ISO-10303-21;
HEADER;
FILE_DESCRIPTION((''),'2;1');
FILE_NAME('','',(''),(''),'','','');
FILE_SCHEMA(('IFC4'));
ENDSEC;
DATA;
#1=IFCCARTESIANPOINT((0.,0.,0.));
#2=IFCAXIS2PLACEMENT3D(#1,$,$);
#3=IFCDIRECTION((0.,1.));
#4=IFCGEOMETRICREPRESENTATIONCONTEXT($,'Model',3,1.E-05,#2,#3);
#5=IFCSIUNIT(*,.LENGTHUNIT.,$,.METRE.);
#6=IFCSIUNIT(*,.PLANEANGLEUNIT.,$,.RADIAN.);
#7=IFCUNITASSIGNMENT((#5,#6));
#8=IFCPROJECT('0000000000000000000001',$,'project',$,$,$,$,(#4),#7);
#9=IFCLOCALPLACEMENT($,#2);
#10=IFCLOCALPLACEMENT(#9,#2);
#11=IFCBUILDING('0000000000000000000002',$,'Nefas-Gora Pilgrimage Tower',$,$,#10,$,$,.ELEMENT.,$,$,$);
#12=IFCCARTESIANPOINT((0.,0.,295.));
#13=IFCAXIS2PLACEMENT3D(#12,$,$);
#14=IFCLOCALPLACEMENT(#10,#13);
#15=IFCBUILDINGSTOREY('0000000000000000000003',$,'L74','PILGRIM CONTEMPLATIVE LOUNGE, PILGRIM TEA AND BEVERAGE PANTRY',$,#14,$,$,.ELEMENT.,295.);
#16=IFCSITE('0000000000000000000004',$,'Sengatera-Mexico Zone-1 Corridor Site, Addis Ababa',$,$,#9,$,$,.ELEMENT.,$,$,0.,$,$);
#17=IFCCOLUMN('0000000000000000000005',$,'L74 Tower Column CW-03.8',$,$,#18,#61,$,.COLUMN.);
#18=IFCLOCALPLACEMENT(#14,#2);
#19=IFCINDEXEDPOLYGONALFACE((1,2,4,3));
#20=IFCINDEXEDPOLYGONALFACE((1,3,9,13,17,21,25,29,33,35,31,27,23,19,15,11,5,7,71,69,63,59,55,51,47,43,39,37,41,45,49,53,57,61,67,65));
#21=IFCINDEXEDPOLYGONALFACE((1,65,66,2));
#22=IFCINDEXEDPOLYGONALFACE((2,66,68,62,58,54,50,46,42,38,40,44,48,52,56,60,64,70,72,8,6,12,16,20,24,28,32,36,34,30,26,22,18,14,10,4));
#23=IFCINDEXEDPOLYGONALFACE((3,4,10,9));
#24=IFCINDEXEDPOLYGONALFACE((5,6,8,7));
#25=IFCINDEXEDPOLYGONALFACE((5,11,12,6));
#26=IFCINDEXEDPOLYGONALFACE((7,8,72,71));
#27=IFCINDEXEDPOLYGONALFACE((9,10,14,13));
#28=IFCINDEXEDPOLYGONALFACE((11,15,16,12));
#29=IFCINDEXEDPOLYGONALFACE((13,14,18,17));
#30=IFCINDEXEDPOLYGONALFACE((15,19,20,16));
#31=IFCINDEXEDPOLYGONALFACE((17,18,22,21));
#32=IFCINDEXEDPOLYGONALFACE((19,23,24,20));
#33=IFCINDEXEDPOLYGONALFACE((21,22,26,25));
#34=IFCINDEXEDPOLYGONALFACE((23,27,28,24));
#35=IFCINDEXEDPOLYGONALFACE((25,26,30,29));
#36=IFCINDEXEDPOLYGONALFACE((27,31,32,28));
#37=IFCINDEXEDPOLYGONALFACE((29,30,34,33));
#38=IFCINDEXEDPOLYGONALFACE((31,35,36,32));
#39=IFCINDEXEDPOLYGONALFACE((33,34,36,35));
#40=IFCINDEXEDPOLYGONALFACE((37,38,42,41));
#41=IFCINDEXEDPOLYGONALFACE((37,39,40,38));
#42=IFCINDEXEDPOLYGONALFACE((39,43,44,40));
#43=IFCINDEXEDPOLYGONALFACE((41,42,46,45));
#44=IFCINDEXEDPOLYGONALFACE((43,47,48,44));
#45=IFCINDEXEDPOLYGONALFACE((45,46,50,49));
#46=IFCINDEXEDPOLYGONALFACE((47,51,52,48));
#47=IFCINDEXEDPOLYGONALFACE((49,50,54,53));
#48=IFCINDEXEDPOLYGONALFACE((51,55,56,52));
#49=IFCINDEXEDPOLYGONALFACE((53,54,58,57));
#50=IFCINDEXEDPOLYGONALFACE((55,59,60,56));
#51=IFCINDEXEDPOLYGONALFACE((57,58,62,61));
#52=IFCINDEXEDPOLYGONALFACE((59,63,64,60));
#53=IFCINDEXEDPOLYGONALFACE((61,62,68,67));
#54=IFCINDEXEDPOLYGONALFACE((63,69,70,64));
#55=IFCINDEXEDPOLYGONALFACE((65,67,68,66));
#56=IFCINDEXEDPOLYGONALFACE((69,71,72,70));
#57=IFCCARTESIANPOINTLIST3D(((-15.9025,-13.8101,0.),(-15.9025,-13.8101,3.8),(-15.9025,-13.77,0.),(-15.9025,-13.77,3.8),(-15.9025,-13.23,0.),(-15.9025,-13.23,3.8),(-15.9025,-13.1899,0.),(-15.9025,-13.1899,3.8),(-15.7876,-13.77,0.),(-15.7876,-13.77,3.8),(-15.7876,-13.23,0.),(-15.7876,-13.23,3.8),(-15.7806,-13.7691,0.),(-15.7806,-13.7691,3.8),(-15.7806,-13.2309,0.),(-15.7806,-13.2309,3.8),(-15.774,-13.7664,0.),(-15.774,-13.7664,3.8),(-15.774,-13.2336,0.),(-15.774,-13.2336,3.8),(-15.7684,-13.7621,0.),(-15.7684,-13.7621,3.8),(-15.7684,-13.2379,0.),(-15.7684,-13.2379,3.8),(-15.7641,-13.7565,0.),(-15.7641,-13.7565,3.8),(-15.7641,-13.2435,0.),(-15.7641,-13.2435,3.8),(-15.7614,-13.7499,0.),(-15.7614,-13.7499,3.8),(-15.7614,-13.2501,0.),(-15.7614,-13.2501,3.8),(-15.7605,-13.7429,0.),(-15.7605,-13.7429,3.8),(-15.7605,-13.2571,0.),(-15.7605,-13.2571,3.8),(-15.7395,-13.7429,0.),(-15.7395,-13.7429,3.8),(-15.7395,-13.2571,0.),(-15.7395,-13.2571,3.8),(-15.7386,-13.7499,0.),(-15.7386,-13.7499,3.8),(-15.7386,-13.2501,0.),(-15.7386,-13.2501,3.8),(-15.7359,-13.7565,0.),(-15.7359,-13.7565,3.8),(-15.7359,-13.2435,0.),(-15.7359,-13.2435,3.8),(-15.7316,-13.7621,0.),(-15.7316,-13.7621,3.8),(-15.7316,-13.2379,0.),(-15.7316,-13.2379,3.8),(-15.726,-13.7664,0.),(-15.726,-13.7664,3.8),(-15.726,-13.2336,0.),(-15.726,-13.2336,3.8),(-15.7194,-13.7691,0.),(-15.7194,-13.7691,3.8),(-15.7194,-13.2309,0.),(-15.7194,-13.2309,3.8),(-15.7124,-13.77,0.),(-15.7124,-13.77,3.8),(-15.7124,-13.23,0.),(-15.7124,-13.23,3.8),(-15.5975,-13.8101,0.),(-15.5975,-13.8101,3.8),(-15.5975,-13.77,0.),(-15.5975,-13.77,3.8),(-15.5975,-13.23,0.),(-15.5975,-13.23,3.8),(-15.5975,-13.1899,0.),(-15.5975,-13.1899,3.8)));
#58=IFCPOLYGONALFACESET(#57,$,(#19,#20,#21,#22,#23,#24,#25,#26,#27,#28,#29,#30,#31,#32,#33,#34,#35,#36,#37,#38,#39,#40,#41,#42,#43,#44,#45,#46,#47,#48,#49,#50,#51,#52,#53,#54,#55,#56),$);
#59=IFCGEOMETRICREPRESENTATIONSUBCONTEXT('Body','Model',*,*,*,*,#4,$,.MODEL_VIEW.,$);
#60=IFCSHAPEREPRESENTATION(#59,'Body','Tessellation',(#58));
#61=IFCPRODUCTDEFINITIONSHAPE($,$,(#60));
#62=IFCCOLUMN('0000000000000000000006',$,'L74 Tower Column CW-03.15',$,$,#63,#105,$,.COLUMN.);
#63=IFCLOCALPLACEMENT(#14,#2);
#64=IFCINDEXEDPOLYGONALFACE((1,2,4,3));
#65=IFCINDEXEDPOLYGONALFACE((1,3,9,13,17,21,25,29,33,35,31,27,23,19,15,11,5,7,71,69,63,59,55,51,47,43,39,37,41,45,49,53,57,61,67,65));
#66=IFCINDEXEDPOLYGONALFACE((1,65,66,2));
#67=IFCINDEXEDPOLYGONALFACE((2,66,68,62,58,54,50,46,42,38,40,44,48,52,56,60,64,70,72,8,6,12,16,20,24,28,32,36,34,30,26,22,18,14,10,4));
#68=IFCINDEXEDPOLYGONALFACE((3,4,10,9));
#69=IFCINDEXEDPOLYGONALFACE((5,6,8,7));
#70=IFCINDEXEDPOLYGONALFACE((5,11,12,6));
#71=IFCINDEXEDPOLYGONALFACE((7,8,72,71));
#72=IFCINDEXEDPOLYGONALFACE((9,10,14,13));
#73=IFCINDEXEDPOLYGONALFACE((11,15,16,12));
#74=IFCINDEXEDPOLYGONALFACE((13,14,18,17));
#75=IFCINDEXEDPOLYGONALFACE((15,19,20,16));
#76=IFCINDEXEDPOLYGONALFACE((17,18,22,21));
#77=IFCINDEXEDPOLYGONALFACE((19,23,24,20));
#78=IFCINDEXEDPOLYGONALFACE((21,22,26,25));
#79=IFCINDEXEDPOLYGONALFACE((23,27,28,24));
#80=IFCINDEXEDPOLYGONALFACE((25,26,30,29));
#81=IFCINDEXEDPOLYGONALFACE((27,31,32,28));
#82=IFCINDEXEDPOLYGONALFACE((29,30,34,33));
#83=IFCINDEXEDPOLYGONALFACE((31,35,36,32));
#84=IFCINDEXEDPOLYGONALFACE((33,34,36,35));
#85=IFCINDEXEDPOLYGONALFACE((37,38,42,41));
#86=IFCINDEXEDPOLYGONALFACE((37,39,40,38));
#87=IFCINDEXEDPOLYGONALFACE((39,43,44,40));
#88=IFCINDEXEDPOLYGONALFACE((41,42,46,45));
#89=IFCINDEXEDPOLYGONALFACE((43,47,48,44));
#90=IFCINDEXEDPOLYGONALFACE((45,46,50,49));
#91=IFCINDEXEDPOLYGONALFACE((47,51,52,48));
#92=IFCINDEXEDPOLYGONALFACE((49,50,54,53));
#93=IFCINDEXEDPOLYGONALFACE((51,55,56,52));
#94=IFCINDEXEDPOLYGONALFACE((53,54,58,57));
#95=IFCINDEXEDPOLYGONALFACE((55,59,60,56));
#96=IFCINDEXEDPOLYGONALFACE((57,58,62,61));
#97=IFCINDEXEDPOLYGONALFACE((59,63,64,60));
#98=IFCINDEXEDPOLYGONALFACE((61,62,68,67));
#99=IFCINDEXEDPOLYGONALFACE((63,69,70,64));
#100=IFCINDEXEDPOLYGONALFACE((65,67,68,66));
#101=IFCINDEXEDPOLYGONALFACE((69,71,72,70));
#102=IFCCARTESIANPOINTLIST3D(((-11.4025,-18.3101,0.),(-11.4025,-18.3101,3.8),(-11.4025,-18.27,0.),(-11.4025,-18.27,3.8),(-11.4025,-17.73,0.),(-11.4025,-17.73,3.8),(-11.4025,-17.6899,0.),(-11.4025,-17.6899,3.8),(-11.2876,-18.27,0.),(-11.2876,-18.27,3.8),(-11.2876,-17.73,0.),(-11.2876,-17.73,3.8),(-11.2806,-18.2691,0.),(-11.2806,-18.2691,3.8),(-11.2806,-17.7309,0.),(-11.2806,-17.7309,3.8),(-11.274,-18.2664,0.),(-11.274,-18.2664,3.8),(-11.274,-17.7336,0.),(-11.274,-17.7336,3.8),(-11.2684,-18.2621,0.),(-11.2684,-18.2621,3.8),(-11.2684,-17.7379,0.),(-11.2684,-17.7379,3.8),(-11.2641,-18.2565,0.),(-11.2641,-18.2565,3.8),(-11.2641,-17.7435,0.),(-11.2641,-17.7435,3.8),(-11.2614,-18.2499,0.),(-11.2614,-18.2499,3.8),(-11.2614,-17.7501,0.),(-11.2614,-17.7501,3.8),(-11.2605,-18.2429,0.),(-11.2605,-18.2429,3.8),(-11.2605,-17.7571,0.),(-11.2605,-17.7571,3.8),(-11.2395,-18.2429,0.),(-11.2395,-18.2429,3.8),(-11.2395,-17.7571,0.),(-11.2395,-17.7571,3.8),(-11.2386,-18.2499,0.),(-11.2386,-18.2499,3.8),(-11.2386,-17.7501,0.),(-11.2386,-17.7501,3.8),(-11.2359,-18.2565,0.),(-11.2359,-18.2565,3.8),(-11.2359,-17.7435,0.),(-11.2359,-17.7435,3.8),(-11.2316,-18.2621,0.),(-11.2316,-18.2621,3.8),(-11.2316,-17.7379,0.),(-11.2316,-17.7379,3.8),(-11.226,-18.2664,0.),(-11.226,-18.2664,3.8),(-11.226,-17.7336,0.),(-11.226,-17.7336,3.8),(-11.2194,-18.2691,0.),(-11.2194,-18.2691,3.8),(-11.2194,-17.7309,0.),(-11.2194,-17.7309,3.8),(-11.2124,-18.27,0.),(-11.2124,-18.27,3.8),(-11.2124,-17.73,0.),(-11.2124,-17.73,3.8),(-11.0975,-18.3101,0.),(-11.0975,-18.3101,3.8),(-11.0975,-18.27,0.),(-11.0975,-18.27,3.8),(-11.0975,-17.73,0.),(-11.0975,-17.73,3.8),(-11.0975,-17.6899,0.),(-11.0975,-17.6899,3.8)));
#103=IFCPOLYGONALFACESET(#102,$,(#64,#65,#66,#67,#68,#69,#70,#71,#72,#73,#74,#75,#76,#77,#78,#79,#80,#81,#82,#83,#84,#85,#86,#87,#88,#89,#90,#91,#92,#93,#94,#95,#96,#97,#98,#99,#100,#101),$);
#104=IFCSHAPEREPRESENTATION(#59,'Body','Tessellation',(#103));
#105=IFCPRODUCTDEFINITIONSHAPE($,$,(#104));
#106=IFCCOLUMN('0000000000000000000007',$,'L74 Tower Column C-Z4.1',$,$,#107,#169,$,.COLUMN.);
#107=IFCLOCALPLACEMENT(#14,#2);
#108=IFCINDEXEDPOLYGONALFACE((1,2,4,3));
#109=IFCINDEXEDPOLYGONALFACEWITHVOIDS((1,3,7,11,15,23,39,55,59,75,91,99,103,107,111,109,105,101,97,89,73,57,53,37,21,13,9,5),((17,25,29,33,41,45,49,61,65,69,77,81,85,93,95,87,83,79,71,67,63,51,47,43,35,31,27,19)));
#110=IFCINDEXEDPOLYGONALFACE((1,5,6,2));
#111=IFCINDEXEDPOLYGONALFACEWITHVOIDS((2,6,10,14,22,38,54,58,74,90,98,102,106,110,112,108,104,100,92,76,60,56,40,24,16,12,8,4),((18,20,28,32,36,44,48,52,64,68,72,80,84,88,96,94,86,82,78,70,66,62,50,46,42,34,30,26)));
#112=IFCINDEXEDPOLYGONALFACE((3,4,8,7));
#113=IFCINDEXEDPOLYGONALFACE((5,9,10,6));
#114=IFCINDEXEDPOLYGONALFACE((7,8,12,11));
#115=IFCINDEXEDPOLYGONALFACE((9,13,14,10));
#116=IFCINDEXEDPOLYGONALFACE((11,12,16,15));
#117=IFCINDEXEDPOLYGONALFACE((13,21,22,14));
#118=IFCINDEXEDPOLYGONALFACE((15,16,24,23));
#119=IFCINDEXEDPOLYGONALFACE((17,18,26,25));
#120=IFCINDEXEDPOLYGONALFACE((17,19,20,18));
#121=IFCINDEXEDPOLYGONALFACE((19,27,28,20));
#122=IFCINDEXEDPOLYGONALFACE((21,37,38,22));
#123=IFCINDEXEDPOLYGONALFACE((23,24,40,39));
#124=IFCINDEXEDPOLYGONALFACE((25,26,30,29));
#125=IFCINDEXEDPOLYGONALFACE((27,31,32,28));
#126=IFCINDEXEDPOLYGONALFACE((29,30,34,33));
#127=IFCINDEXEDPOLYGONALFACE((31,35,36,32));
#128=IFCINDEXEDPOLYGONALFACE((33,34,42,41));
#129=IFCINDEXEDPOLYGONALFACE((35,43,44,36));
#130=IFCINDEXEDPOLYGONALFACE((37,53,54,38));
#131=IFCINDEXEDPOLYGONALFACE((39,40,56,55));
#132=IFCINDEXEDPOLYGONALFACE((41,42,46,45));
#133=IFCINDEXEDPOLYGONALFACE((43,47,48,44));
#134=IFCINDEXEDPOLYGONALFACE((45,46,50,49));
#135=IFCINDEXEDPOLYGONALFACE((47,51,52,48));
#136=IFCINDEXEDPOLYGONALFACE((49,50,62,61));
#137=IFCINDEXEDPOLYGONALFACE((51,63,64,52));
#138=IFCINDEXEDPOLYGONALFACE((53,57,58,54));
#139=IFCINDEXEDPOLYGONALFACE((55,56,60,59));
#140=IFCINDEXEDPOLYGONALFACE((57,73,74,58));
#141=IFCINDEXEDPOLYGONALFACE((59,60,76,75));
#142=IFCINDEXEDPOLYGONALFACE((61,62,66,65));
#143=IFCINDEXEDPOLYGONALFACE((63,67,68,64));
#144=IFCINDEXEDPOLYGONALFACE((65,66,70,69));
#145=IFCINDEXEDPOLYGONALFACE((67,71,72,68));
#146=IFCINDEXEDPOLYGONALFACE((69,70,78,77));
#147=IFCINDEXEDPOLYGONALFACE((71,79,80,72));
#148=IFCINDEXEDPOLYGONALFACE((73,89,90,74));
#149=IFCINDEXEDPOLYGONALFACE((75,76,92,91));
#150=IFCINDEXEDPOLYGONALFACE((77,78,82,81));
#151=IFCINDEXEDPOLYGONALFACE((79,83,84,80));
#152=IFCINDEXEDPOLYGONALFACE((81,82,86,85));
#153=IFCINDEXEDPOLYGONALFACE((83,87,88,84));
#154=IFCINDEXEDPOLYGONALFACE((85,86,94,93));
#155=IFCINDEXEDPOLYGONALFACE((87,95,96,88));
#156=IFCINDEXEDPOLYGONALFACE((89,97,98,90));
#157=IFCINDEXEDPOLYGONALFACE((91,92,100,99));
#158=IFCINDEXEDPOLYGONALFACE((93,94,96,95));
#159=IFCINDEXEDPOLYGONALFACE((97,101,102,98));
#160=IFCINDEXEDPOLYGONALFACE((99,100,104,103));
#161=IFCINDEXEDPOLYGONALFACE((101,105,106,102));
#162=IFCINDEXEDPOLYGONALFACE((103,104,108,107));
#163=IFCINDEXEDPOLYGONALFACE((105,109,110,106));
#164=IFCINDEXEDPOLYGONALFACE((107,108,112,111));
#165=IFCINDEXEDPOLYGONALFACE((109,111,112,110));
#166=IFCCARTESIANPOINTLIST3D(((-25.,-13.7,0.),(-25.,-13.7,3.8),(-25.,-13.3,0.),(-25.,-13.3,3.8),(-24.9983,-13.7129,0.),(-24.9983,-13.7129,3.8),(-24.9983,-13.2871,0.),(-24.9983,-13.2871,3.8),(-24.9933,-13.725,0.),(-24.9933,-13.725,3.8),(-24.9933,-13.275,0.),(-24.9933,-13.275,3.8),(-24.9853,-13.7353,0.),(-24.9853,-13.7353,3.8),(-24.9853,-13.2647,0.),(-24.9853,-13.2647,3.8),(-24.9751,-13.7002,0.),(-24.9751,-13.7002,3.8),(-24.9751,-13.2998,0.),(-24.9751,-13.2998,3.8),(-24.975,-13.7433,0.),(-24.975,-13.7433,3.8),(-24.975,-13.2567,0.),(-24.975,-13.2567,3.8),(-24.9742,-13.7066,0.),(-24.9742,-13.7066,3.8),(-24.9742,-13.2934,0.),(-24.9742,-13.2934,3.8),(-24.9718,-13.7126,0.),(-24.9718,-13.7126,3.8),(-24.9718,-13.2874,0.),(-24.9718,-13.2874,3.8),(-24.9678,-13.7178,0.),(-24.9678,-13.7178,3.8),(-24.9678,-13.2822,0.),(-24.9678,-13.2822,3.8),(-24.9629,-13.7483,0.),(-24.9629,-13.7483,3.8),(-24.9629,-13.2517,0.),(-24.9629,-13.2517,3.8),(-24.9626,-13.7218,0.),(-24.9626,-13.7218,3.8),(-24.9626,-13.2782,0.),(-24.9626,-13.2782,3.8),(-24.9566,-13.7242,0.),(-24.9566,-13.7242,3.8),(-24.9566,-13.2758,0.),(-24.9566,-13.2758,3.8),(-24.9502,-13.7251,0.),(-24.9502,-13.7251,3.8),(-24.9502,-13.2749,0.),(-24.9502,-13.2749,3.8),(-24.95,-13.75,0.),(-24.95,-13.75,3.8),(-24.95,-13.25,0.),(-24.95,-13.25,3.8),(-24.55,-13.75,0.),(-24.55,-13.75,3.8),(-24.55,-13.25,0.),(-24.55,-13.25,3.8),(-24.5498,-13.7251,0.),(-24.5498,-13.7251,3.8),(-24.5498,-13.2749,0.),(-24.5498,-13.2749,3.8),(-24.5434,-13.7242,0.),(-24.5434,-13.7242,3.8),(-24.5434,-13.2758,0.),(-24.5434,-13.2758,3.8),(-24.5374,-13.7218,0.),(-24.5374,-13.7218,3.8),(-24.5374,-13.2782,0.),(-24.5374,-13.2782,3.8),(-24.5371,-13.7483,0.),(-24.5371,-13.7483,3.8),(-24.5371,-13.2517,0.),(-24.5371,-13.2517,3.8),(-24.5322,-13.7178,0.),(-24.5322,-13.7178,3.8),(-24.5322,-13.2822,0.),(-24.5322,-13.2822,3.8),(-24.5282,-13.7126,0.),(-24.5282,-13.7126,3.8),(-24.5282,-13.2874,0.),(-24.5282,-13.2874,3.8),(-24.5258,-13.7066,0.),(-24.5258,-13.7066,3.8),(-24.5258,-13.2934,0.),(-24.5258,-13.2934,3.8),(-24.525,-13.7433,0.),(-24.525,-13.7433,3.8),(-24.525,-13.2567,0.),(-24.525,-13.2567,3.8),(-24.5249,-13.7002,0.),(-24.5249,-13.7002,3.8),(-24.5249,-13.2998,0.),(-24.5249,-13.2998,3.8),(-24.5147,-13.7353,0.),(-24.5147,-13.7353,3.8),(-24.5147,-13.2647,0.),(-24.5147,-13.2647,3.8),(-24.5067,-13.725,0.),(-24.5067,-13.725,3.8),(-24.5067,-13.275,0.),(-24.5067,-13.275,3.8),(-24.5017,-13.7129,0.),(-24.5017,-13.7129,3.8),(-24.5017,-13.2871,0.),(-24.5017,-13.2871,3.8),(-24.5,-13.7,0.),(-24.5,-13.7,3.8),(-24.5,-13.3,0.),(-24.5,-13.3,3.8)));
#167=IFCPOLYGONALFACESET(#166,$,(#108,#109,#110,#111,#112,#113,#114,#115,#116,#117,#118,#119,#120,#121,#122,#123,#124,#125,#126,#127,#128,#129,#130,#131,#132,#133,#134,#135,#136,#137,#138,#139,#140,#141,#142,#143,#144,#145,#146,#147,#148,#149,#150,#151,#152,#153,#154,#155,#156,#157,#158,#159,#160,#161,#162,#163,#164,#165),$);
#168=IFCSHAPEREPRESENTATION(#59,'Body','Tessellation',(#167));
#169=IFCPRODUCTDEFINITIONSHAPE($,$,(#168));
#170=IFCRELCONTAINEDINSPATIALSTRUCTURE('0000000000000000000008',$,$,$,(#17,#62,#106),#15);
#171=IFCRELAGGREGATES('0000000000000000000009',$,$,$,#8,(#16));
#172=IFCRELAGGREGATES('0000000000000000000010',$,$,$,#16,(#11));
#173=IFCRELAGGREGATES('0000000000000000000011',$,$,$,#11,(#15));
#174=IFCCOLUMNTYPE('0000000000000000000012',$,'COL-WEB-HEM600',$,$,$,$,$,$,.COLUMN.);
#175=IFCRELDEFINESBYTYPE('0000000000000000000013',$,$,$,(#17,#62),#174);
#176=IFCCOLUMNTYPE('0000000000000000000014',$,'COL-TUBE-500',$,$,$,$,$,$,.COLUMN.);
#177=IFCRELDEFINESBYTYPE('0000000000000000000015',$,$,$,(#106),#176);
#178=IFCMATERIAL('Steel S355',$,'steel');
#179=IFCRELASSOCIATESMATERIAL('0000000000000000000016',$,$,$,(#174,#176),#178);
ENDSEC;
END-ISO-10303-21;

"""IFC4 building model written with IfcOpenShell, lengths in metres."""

from ifc_helpers import new_model, si_unit, direction, frame, origin, origin_2d, place, context, subcontext, project, spatial, hollow_rectangle, i_section, extrude, source, transform, mapped, material, material_profile, profile_set, type_object, element, save


model = new_model("IFC4")

# Units and contexts
model_context = context("Model", 3, precision=1e-05, world=origin(), true_north=direction((0.0, 1.0)))
body_context = subcontext(model_context, "Body", "Model", "MODEL_VIEW")
ifc_project = project(units=[si_unit("LENGTHUNIT", "METRE"), si_unit("PLANEANGLEUNIT", "RADIAN")], contexts=[model_context])

# Site, building, storey
site_placement = place(None, origin())
site = spatial("IfcSite", under=ifc_project, at=site_placement, Name="Sengatera-Mexico Zone-1 Corridor Site, Addis Ababa", CompositionType="ELEMENT", RefElevation=0.0)
building_placement = place(site_placement, origin())
building = spatial("IfcBuilding", under=site, at=building_placement, Name="Nefas-Gora Pilgrimage Tower", CompositionType="ELEMENT")
storey_placement = place(building_placement, frame((0.0, 0.0, 295.0)))
storey = spatial("IfcBuildingStorey", under=building, at=storey_placement, Name="L74", Description="PILGRIM CONTEMPLATIVE LOUNGE, PILGRIM TEA AND BEVERAGE PANTRY", CompositionType="ELEMENT", Elevation=295.0)

# Columns
ifc_material_1 = material(Name="Steel S355", Category="steel")
ifc_material_profile_1 = material_profile(ifc_material_1, i_section(OverallWidth=0.3049, OverallDepth=0.6201, WebThickness=0.021, FlangeThickness=0.04, FilletRadius=0.0271, at=origin_2d()), Name="HEM 600")
ifc_profile_set_1 = profile_set([ifc_material_profile_1], Name="Steel S355")
column_type_1 = type_object("IfcColumnType", Name="COL-WEB-HEM600", PredefinedType="COLUMN", material=ifc_profile_set_1)
shared_shape_1 = source(origin(), body_context, "Body", "SweptSolid", [
    extrude(i_section(OverallWidth=0.3049, OverallDepth=0.6201, WebThickness=0.021, FlangeThickness=0.04, FilletRadius=0.0271, at=origin_2d()), origin(), (0.0, 0.0, 1.0), 3.8),
])
for number, where, z_axis, x_axis, name in (
    (1, (-15.75, -13.5, 0.0), (0.0, 0.0, 1.0), (1.0, 0.0, 0.0), "L74 Tower Column CW-03.8"),
    (2, (-11.25, -18.0, 0.0), (0.0, 0.0, 1.0), (1.0, 0.0, 0.0), "L74 Tower Column CW-03.15"),
):
    element("IfcColumn", number, at=place(storey_placement, frame(where, z_axis=z_axis, x_axis=x_axis)), inside=storey, type_object=column_type_1, Name=name, PredefinedType="COLUMN", context=body_context, shape_type="MappedRepresentation", body=[
        mapped(shared_shape_1, transform((0.0, 0.0, 0.0), x_axis=(1.0, 0.0, 0.0), y_axis=(0.0, 1.0, 0.0), z_axis=(0.0, 0.0, 1.0), scale=1.0)),
    ])
ifc_material_profile_2 = material_profile(ifc_material_1, hollow_rectangle(XDim=0.5, YDim=0.5, WallThickness=0.0249, InnerFilletRadius=0.0249, OuterFilletRadius=0.05, at=origin_2d()), Name="SHS 500x500x25")
ifc_profile_set_2 = profile_set([ifc_material_profile_2], Name="Steel S355")
column_type_2 = type_object("IfcColumnType", Name="COL-TUBE-500", PredefinedType="COLUMN", material=ifc_profile_set_2)
shared_shape_2 = source(origin(), body_context, "Body", "SweptSolid", [
    extrude(hollow_rectangle(XDim=0.5, YDim=0.5, WallThickness=0.0249, InnerFilletRadius=0.0249, OuterFilletRadius=0.05, at=origin_2d()), origin(), (0.0, 0.0, 1.0), 3.8),
])
for number, where, z_axis, x_axis, name in (
    (3, (-24.75, -13.5, 0.0), (0.0, 0.0, 1.0), (1.0, 0.0, 0.0), "L74 Tower Column C-Z4.1"),
):
    element("IfcColumn", number, at=place(storey_placement, frame(where, z_axis=z_axis, x_axis=x_axis)), inside=storey, type_object=column_type_2, Name=name, PredefinedType="COLUMN", context=body_context, shape_type="MappedRepresentation", body=[
        mapped(shared_shape_2, transform((0.0, 0.0, 0.0), x_axis=(1.0, 0.0, 0.0), y_axis=(0.0, 1.0, 0.0), z_axis=(0.0, 0.0, 1.0), scale=1.0)),
    ])

save(model, "model.ifc")
